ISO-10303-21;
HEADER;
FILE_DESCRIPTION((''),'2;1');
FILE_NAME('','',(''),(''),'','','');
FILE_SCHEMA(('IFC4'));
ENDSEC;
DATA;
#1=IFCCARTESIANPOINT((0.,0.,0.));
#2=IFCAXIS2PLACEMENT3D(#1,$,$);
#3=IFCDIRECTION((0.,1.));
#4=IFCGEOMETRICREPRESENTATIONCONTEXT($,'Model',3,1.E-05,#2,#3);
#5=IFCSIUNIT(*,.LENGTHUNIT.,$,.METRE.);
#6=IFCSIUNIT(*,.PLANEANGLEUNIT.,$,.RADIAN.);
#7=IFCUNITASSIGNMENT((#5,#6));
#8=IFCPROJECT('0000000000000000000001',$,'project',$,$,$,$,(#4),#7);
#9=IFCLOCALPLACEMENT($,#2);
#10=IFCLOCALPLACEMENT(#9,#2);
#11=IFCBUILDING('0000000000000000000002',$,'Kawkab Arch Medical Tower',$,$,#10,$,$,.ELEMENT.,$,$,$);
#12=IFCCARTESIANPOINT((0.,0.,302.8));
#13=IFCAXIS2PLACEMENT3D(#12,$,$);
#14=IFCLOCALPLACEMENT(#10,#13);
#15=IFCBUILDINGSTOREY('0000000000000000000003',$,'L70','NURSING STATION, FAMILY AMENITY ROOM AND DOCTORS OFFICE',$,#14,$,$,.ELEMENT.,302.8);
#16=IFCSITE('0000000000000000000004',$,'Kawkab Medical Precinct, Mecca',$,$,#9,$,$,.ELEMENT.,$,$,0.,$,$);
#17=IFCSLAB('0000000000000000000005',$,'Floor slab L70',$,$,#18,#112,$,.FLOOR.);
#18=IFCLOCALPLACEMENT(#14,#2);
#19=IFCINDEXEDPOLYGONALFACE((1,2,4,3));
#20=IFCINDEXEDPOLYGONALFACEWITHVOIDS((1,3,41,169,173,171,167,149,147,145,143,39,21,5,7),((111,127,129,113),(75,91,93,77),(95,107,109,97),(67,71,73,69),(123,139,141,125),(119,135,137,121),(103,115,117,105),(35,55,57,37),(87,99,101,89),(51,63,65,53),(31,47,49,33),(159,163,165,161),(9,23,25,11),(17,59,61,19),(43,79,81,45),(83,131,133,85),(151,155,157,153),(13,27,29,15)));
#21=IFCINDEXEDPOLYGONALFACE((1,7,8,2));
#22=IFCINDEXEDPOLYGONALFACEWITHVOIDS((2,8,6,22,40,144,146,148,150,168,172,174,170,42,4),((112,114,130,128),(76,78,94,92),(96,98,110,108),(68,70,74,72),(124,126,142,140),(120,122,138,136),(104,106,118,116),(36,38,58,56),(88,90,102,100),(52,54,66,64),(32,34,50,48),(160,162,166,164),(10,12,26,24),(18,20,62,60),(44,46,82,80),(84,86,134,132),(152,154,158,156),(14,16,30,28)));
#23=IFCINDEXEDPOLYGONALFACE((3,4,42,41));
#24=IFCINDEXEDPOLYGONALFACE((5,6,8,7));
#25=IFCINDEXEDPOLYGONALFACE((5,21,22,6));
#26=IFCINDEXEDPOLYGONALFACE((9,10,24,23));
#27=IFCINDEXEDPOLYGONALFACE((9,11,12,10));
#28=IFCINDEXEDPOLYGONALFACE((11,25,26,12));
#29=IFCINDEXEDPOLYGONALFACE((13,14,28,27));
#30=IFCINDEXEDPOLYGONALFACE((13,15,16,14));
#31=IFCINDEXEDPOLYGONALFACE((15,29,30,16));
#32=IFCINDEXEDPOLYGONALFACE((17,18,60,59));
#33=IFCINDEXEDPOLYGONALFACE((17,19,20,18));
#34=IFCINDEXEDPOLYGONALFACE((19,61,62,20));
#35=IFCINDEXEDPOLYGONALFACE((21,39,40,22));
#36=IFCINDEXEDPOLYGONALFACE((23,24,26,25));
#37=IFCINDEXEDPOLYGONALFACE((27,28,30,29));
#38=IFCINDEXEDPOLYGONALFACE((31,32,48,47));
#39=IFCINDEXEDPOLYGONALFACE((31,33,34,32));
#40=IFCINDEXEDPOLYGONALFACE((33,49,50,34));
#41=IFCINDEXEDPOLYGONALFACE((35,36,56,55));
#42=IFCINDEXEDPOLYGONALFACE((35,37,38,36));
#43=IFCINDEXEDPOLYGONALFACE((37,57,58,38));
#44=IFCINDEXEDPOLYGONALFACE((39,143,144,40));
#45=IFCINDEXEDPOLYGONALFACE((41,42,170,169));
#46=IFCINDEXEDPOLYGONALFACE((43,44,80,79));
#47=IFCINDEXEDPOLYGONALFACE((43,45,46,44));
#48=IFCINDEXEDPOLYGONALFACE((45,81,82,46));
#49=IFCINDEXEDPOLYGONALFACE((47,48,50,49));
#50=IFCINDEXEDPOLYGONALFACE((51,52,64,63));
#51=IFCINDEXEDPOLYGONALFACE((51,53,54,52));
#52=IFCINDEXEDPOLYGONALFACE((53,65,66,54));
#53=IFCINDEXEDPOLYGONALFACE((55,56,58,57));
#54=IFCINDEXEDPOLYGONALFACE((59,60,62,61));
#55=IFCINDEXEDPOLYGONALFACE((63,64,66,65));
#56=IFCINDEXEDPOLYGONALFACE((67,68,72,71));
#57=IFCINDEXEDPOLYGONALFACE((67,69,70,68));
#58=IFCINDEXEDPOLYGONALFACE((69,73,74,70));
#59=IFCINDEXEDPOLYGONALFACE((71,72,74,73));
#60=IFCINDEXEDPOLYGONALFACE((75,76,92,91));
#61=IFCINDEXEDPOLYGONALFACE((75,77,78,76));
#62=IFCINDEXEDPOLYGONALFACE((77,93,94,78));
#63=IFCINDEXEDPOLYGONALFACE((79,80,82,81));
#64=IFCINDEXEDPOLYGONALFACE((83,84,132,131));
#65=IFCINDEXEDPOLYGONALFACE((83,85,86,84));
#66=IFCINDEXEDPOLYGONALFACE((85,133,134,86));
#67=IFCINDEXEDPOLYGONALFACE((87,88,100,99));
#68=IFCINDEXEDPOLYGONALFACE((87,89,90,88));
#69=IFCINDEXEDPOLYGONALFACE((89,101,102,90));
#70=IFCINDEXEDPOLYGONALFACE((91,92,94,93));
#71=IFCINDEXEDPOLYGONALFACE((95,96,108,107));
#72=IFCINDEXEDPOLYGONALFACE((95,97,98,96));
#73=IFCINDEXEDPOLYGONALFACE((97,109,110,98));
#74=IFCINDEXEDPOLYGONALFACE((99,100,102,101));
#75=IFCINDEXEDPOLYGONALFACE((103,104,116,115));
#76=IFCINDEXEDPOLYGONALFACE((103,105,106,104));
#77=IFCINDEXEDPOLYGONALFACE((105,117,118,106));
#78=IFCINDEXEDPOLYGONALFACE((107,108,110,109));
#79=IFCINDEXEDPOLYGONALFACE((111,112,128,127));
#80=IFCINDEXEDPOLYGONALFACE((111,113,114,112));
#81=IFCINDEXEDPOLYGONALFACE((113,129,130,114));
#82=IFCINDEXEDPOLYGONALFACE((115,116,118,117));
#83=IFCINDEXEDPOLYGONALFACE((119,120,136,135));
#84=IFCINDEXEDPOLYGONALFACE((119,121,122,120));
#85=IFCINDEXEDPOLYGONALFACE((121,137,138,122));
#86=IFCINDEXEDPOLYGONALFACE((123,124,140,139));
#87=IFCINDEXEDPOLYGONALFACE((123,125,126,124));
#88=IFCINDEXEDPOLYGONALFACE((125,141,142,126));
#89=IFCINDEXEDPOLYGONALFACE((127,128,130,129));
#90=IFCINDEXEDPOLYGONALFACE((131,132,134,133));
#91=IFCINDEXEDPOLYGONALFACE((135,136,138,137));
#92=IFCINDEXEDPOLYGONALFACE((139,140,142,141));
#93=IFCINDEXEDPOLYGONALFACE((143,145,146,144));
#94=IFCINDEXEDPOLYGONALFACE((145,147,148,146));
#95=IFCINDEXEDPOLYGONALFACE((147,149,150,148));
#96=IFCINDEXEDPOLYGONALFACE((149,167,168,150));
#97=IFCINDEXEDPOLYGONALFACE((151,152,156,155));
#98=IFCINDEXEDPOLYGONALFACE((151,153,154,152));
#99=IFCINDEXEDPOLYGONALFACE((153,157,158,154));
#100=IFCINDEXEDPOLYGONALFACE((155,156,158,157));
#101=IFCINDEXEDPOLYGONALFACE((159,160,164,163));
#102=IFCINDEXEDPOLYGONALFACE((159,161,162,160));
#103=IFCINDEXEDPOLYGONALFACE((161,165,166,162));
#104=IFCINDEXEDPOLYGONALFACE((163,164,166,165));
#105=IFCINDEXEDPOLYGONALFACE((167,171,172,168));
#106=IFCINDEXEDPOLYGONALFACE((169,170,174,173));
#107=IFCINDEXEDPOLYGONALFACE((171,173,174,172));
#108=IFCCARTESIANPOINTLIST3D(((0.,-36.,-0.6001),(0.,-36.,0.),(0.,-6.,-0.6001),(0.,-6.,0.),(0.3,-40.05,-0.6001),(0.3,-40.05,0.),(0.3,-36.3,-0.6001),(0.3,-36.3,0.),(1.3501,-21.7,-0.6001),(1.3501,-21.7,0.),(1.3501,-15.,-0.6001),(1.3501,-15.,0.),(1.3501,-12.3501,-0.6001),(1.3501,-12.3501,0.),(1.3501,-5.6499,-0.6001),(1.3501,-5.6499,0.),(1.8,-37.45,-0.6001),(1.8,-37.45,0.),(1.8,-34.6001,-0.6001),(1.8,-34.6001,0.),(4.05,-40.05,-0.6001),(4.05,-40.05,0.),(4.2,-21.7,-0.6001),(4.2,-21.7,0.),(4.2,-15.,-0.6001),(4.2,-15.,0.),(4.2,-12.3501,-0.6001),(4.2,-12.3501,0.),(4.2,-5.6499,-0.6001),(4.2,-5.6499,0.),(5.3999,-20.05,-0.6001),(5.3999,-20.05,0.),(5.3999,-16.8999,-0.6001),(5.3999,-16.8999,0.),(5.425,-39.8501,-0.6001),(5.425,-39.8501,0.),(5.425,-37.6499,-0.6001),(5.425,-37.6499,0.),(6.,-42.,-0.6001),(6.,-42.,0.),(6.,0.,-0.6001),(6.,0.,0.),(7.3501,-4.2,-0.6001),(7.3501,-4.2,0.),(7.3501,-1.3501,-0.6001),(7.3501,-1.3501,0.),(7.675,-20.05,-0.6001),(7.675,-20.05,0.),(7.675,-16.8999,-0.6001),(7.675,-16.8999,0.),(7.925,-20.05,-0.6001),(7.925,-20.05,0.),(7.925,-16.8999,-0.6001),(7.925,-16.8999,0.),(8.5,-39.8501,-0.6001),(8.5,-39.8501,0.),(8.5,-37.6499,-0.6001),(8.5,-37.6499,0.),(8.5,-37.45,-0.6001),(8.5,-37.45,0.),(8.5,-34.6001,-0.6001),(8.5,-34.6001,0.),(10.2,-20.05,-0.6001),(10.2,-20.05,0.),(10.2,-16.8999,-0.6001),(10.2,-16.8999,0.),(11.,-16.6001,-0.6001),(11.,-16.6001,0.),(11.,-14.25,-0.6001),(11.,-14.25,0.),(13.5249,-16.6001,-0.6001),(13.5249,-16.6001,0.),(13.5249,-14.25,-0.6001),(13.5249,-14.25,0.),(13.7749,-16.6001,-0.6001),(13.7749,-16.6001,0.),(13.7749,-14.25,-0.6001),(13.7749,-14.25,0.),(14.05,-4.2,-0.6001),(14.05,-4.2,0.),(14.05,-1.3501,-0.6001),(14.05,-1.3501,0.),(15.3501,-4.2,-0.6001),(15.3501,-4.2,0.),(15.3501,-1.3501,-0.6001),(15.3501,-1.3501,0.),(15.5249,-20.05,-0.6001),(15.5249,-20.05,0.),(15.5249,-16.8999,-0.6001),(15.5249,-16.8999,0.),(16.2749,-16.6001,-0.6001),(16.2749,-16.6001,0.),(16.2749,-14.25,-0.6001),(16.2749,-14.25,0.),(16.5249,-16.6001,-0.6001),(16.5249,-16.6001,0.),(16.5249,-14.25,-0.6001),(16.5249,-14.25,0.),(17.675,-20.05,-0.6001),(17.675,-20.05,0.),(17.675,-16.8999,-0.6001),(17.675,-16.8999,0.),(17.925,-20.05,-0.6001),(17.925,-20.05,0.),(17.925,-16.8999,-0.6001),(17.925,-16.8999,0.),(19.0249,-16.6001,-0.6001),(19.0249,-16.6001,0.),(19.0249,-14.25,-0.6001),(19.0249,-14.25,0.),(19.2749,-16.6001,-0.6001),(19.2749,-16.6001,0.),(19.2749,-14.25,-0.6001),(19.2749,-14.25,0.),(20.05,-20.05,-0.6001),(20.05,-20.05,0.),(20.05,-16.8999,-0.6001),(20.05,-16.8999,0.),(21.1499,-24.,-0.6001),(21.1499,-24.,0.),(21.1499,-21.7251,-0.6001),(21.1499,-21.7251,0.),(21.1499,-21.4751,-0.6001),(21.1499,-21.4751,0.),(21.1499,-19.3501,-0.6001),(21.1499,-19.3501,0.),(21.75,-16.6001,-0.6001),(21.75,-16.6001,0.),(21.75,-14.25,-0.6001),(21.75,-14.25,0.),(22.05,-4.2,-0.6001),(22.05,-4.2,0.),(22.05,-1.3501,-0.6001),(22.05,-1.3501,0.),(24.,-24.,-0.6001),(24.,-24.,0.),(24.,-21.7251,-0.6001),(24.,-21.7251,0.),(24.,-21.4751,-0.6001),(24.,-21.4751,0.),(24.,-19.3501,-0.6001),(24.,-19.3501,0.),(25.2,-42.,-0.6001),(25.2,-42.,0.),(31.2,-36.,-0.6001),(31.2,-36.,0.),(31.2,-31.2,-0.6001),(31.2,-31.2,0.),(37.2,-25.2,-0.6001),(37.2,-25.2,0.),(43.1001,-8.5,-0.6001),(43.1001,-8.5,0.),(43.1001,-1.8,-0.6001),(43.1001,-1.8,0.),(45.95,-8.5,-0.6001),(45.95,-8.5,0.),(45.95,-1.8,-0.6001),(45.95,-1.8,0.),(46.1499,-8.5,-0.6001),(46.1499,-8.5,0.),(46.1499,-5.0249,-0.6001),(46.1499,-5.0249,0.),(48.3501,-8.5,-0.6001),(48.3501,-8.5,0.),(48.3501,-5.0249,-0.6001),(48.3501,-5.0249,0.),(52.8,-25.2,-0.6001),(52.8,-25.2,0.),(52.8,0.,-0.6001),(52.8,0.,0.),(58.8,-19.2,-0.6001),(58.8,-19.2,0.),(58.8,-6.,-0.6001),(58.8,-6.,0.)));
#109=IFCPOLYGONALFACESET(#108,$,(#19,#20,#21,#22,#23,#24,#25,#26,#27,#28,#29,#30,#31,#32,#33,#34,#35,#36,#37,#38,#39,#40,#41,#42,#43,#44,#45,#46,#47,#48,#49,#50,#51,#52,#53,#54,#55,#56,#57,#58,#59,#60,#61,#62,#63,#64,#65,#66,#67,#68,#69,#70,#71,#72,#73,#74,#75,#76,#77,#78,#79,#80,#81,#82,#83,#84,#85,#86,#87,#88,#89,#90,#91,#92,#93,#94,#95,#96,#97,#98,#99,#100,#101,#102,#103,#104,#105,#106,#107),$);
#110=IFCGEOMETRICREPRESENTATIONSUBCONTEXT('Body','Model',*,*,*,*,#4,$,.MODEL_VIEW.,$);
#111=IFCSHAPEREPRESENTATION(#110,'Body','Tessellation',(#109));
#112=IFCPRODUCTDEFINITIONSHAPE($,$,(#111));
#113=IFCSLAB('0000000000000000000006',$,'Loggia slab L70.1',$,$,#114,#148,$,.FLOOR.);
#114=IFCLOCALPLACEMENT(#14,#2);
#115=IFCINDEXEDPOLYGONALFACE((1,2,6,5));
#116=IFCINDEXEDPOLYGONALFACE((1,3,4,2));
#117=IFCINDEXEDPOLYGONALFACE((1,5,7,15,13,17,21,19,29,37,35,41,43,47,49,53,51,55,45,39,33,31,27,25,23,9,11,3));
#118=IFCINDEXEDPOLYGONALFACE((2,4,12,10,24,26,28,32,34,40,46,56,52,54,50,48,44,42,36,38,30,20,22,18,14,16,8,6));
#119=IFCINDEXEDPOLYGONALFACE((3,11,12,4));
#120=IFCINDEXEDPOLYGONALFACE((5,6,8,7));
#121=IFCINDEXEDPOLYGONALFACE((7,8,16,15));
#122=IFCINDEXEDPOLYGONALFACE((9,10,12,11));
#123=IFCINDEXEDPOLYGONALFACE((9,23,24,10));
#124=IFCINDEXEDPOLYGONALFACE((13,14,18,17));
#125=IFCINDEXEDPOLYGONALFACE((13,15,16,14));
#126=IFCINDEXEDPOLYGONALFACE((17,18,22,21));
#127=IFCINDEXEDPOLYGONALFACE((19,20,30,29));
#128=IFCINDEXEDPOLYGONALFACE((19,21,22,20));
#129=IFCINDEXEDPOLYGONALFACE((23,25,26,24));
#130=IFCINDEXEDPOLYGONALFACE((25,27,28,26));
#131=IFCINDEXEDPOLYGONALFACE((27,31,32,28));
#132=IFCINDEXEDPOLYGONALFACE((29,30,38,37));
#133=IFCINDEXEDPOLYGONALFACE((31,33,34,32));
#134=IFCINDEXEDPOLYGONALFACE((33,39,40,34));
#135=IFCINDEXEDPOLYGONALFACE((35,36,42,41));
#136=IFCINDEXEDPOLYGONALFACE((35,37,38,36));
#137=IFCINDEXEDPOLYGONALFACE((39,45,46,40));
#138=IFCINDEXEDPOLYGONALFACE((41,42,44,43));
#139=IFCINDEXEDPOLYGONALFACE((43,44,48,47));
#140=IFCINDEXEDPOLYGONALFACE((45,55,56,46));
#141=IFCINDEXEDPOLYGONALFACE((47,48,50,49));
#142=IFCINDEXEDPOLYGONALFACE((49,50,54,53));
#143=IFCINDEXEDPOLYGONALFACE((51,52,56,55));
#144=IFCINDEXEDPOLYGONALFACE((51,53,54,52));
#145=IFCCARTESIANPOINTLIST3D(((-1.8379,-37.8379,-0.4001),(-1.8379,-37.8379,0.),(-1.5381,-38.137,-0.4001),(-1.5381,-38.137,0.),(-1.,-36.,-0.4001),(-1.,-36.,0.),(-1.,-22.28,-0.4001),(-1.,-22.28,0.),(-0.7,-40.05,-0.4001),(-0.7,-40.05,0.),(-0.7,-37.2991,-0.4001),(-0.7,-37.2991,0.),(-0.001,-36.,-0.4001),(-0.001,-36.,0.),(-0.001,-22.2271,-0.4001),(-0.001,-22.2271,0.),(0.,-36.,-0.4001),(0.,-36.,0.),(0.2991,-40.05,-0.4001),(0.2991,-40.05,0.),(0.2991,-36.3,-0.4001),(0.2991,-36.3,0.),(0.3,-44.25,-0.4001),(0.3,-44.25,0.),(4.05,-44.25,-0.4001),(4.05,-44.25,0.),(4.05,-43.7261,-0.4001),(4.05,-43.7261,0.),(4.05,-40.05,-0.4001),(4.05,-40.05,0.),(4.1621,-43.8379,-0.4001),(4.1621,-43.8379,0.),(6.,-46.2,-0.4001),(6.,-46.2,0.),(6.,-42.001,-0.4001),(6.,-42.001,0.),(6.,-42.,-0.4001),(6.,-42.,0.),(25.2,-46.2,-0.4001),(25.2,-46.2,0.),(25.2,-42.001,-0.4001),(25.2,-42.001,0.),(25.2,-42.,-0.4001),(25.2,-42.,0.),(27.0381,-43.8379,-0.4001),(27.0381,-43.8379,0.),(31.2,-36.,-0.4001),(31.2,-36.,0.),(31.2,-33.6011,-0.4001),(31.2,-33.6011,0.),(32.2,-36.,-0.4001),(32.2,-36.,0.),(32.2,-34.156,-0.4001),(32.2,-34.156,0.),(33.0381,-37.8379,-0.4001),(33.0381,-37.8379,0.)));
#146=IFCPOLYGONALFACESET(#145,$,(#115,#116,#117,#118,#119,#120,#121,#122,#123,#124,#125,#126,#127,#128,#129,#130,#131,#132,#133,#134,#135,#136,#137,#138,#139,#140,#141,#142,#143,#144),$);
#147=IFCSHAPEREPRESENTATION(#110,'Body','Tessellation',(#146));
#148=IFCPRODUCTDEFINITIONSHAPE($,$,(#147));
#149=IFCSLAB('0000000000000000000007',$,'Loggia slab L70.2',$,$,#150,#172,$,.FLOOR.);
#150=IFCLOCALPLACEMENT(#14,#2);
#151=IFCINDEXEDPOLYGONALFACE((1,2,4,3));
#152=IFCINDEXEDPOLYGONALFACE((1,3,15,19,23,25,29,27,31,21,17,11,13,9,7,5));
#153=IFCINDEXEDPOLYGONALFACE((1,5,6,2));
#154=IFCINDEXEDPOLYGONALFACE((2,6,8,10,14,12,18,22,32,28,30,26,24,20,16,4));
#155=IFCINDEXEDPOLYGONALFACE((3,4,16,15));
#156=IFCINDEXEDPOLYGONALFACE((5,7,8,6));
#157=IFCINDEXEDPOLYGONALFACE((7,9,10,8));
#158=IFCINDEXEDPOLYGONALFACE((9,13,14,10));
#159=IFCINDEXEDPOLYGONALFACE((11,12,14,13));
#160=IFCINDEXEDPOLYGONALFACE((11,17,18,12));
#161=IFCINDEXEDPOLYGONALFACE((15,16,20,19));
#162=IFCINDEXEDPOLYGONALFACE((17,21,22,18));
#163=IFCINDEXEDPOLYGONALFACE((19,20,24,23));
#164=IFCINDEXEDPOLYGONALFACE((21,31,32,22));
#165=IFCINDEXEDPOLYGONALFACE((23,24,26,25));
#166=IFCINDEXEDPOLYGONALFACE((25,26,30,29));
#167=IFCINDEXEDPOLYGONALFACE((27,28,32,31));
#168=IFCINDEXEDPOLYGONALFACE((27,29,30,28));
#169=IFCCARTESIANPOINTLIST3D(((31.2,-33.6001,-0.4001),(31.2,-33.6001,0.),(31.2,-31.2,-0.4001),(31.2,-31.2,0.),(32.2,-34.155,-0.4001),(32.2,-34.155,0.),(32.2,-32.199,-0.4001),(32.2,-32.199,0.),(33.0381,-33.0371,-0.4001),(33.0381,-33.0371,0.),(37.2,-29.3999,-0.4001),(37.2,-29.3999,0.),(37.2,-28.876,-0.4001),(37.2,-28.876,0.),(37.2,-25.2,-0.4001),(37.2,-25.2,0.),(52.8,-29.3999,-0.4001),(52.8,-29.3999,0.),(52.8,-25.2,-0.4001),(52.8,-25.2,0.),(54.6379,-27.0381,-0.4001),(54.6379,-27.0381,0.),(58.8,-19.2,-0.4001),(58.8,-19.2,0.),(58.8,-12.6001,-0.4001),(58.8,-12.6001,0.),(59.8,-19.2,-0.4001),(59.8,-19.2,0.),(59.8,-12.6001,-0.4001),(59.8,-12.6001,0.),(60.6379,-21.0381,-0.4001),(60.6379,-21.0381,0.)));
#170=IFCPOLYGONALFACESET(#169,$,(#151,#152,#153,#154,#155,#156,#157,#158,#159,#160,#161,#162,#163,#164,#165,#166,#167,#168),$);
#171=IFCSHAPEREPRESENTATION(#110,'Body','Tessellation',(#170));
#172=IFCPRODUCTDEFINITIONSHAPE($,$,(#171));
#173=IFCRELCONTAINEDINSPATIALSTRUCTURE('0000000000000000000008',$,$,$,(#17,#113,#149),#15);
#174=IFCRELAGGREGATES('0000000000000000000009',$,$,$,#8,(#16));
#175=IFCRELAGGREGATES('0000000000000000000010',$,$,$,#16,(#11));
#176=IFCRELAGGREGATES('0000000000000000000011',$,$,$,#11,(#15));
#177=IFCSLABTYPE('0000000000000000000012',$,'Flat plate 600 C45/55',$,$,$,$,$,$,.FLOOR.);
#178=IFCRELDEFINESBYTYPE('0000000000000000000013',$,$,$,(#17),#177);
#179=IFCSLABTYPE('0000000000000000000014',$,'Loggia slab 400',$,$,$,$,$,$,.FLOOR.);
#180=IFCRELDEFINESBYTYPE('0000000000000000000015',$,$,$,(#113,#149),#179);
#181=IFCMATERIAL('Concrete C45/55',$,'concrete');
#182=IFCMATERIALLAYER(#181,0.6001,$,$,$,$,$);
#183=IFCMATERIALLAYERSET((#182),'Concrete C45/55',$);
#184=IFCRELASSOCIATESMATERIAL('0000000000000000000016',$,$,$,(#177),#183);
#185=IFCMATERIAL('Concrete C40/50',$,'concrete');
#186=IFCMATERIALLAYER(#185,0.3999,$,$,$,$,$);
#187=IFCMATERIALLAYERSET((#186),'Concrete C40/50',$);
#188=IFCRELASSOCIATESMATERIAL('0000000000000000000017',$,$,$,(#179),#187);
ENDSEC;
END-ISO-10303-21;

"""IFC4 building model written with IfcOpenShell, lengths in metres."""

from ifc_helpers import new_model, si_unit, direction, frame, origin, place, context, subcontext, project, spatial, polyline, outline, extrude, material, layer, layer_set, type_object, element, save


model = new_model("IFC4")

# Units and contexts
model_context = context("Model", 3, precision=1e-05, world=origin(), true_north=direction((0.0, 1.0)))
body_context = subcontext(model_context, "Body", "Model", "MODEL_VIEW")
ifc_project = project(units=[si_unit("LENGTHUNIT", "METRE"), si_unit("PLANEANGLEUNIT", "RADIAN")], contexts=[model_context])

# Site, building, storey
site_placement = place(None, origin())
site = spatial("IfcSite", under=ifc_project, at=site_placement, Name="Kawkab Medical Precinct, Mecca", CompositionType="ELEMENT", RefElevation=0.0)
building_placement = place(site_placement, origin())
building = spatial("IfcBuilding", under=site, at=building_placement, Name="Kawkab Arch Medical Tower", CompositionType="ELEMENT")
storey_placement = place(building_placement, frame((0.0, 0.0, 302.8)))
storey = spatial("IfcBuildingStorey", under=building, at=storey_placement, Name="L70", Description="NURSING STATION, FAMILY AMENITY ROOM AND DOCTORS OFFICE", CompositionType="ELEMENT", Elevation=302.8)

# Slabs
ifc_material_1 = material(Name="Concrete C45/55", Category="concrete")
ifc_layer_1 = layer(ifc_material_1, 0.6001)
ifc_layer_set_1 = layer_set([ifc_layer_1], Name="Concrete C45/55")
slab_type_1 = type_object("IfcSlabType", Name="Flat plate 600 C45/55", PredefinedType="FLOOR", material=ifc_layer_set_1)
slab_1_placement = place(storey_placement, frame((0.0, 0.0, -0.6001)))
element("IfcSlab", 1, at=slab_1_placement, inside=storey, type_object=slab_type_1, Name="Floor slab L70", PredefinedType="FLOOR", context=body_context, shape_type="SweptSolid", body=[
    extrude(outline(polyline([(52.8, 0.0), (58.8, -6.0), (58.8, -19.2), (52.8, -25.2), (37.2, -25.2), (31.2, -31.2), (31.2, -36.0), (25.2, -42.0), (6.0, -42.0), (4.05, -40.05), (0.3, -40.05), (0.3, -36.3), (0.0, -36.0), (0.0, -6.0), (6.0, 0.0), (52.8, 0.0)]), holes=[polyline([(5.425, -37.6499), (5.425, -39.8501), (8.5, -39.8501), (8.5, -37.6499), (5.425, -37.6499)]), polyline([(8.5, -37.45), (8.5, -34.6001), (1.8, -34.6001), (1.8, -37.45), (8.5, -37.45)]), polyline([(5.3999, -20.05), (7.675, -20.05), (7.675, -16.8999), (5.3999, -16.8999), (5.3999, -20.05)]), polyline([(10.2, -16.8999), (7.925, -16.8999), (7.925, -20.05), (10.2, -20.05), (10.2, -16.8999)]), polyline([(4.2, -15.0), (1.3501, -15.0), (1.3501, -21.7), (4.2, -21.7), (4.2, -15.0)]), polyline([(11.0, -14.25), (11.0, -16.6001), (13.5249, -16.6001), (13.5249, -14.25), (11.0, -14.25)]), polyline([(16.2749, -14.25), (13.7749, -14.25), (13.7749, -16.6001), (16.2749, -16.6001), (16.2749, -14.25)]), polyline([(4.2, -12.3501), (4.2, -5.6499), (1.3501, -5.6499), (1.3501, -12.3501), (4.2, -12.3501)]), polyline([(7.3501, -4.2), (14.05, -4.2), (14.05, -1.3501), (7.3501, -1.3501), (7.3501, -4.2)]), polyline([(24.0, -21.7251), (21.1499, -21.7251), (21.1499, -24.0), (24.0, -24.0), (24.0, -21.7251)]), polyline([(24.0, -19.3501), (21.1499, -19.3501), (21.1499, -21.4751), (24.0, -21.4751), (24.0, -19.3501)]), polyline([(15.5249, -16.8999), (15.5249, -20.05), (17.675, -20.05), (17.675, -16.8999), (15.5249, -16.8999)]), polyline([(17.925, -20.05), (20.05, -20.05), (20.05, -16.8999), (17.925, -16.8999), (17.925, -20.05)]), polyline([(19.0249, -14.25), (16.5249, -14.25), (16.5249, -16.6001), (19.0249, -16.6001), (19.0249, -14.25)]), polyline([(19.2749, -14.25), (19.2749, -16.6001), (21.75, -16.6001), (21.75, -14.25), (19.2749, -14.25)]), polyline([(46.1499, -8.5), (48.3501, -8.5), (48.3501, -5.0249), (46.1499, -5.0249), (46.1499, -8.5)]), polyline([(43.1001, -1.8), (43.1001, -8.5), (45.95, -8.5), (45.95, -1.8), (43.1001, -1.8)]), polyline([(22.05, -1.3501), (15.3501, -1.3501), (15.3501, -4.2), (22.05, -4.2), (22.05, -1.3501)])]), origin(), (0.0, 0.0, 1.0), 0.6001),
])
ifc_material_2 = material(Name="Concrete C40/50", Category="concrete")
ifc_layer_2 = layer(ifc_material_2, 0.3999)
ifc_layer_set_2 = layer_set([ifc_layer_2], Name="Concrete C40/50")
slab_type_2 = type_object("IfcSlabType", Name="Loggia slab 400", PredefinedType="FLOOR", material=ifc_layer_set_2)
placement_1 = place(storey_placement, frame((0.0, 0.0, -0.4001)))
element("IfcSlab", 2, at=placement_1, inside=storey, type_object=slab_type_2, Name="Loggia slab L70.1", PredefinedType="FLOOR", context=body_context, shape_type="SweptSolid", body=[
    extrude(outline(polyline([(-1.0, -36.0), (-1.0, -22.28), (-0.001, -22.2271), (-0.001, -36.0), (0.0, -36.0), (0.2991, -36.3), (0.2991, -40.05), (4.05, -40.05), (6.0, -42.0), (6.0, -42.001), (25.2, -42.001), (25.2, -42.0), (31.2, -36.0), (31.2, -33.6011), (32.2, -34.156), (32.2, -36.0), (33.0381, -37.8379), (27.0381, -43.8379), (25.2, -46.2), (6.0, -46.2), (4.1621, -43.8379), (4.05, -43.7261), (4.05, -44.25), (0.3, -44.25), (-0.7, -40.05), (-0.7, -37.2991), (-1.5381, -38.137), (-1.8379, -37.8379), (-1.0, -36.0)])), origin(), (0.0, 0.0, 1.0), 0.4001),
])
element("IfcSlab", 3, at=placement_1, inside=storey, type_object=slab_type_2, Name="Loggia slab L70.2", PredefinedType="FLOOR", context=body_context, shape_type="SweptSolid", body=[
    extrude(outline(polyline([(31.2, -31.2), (37.2, -25.2), (52.8, -25.2), (58.8, -19.2), (58.8, -12.6001), (59.8, -12.6001), (59.8, -19.2), (60.6379, -21.0381), (54.6379, -27.0381), (52.8, -29.3999), (37.2, -29.3999), (37.2, -28.876), (33.0381, -33.0371), (32.2, -32.199), (32.2, -34.155), (31.2, -33.6001), (31.2, -31.2)])), origin(), (0.0, 0.0, 1.0), 0.4001),
])

save(model, "model.ifc")
